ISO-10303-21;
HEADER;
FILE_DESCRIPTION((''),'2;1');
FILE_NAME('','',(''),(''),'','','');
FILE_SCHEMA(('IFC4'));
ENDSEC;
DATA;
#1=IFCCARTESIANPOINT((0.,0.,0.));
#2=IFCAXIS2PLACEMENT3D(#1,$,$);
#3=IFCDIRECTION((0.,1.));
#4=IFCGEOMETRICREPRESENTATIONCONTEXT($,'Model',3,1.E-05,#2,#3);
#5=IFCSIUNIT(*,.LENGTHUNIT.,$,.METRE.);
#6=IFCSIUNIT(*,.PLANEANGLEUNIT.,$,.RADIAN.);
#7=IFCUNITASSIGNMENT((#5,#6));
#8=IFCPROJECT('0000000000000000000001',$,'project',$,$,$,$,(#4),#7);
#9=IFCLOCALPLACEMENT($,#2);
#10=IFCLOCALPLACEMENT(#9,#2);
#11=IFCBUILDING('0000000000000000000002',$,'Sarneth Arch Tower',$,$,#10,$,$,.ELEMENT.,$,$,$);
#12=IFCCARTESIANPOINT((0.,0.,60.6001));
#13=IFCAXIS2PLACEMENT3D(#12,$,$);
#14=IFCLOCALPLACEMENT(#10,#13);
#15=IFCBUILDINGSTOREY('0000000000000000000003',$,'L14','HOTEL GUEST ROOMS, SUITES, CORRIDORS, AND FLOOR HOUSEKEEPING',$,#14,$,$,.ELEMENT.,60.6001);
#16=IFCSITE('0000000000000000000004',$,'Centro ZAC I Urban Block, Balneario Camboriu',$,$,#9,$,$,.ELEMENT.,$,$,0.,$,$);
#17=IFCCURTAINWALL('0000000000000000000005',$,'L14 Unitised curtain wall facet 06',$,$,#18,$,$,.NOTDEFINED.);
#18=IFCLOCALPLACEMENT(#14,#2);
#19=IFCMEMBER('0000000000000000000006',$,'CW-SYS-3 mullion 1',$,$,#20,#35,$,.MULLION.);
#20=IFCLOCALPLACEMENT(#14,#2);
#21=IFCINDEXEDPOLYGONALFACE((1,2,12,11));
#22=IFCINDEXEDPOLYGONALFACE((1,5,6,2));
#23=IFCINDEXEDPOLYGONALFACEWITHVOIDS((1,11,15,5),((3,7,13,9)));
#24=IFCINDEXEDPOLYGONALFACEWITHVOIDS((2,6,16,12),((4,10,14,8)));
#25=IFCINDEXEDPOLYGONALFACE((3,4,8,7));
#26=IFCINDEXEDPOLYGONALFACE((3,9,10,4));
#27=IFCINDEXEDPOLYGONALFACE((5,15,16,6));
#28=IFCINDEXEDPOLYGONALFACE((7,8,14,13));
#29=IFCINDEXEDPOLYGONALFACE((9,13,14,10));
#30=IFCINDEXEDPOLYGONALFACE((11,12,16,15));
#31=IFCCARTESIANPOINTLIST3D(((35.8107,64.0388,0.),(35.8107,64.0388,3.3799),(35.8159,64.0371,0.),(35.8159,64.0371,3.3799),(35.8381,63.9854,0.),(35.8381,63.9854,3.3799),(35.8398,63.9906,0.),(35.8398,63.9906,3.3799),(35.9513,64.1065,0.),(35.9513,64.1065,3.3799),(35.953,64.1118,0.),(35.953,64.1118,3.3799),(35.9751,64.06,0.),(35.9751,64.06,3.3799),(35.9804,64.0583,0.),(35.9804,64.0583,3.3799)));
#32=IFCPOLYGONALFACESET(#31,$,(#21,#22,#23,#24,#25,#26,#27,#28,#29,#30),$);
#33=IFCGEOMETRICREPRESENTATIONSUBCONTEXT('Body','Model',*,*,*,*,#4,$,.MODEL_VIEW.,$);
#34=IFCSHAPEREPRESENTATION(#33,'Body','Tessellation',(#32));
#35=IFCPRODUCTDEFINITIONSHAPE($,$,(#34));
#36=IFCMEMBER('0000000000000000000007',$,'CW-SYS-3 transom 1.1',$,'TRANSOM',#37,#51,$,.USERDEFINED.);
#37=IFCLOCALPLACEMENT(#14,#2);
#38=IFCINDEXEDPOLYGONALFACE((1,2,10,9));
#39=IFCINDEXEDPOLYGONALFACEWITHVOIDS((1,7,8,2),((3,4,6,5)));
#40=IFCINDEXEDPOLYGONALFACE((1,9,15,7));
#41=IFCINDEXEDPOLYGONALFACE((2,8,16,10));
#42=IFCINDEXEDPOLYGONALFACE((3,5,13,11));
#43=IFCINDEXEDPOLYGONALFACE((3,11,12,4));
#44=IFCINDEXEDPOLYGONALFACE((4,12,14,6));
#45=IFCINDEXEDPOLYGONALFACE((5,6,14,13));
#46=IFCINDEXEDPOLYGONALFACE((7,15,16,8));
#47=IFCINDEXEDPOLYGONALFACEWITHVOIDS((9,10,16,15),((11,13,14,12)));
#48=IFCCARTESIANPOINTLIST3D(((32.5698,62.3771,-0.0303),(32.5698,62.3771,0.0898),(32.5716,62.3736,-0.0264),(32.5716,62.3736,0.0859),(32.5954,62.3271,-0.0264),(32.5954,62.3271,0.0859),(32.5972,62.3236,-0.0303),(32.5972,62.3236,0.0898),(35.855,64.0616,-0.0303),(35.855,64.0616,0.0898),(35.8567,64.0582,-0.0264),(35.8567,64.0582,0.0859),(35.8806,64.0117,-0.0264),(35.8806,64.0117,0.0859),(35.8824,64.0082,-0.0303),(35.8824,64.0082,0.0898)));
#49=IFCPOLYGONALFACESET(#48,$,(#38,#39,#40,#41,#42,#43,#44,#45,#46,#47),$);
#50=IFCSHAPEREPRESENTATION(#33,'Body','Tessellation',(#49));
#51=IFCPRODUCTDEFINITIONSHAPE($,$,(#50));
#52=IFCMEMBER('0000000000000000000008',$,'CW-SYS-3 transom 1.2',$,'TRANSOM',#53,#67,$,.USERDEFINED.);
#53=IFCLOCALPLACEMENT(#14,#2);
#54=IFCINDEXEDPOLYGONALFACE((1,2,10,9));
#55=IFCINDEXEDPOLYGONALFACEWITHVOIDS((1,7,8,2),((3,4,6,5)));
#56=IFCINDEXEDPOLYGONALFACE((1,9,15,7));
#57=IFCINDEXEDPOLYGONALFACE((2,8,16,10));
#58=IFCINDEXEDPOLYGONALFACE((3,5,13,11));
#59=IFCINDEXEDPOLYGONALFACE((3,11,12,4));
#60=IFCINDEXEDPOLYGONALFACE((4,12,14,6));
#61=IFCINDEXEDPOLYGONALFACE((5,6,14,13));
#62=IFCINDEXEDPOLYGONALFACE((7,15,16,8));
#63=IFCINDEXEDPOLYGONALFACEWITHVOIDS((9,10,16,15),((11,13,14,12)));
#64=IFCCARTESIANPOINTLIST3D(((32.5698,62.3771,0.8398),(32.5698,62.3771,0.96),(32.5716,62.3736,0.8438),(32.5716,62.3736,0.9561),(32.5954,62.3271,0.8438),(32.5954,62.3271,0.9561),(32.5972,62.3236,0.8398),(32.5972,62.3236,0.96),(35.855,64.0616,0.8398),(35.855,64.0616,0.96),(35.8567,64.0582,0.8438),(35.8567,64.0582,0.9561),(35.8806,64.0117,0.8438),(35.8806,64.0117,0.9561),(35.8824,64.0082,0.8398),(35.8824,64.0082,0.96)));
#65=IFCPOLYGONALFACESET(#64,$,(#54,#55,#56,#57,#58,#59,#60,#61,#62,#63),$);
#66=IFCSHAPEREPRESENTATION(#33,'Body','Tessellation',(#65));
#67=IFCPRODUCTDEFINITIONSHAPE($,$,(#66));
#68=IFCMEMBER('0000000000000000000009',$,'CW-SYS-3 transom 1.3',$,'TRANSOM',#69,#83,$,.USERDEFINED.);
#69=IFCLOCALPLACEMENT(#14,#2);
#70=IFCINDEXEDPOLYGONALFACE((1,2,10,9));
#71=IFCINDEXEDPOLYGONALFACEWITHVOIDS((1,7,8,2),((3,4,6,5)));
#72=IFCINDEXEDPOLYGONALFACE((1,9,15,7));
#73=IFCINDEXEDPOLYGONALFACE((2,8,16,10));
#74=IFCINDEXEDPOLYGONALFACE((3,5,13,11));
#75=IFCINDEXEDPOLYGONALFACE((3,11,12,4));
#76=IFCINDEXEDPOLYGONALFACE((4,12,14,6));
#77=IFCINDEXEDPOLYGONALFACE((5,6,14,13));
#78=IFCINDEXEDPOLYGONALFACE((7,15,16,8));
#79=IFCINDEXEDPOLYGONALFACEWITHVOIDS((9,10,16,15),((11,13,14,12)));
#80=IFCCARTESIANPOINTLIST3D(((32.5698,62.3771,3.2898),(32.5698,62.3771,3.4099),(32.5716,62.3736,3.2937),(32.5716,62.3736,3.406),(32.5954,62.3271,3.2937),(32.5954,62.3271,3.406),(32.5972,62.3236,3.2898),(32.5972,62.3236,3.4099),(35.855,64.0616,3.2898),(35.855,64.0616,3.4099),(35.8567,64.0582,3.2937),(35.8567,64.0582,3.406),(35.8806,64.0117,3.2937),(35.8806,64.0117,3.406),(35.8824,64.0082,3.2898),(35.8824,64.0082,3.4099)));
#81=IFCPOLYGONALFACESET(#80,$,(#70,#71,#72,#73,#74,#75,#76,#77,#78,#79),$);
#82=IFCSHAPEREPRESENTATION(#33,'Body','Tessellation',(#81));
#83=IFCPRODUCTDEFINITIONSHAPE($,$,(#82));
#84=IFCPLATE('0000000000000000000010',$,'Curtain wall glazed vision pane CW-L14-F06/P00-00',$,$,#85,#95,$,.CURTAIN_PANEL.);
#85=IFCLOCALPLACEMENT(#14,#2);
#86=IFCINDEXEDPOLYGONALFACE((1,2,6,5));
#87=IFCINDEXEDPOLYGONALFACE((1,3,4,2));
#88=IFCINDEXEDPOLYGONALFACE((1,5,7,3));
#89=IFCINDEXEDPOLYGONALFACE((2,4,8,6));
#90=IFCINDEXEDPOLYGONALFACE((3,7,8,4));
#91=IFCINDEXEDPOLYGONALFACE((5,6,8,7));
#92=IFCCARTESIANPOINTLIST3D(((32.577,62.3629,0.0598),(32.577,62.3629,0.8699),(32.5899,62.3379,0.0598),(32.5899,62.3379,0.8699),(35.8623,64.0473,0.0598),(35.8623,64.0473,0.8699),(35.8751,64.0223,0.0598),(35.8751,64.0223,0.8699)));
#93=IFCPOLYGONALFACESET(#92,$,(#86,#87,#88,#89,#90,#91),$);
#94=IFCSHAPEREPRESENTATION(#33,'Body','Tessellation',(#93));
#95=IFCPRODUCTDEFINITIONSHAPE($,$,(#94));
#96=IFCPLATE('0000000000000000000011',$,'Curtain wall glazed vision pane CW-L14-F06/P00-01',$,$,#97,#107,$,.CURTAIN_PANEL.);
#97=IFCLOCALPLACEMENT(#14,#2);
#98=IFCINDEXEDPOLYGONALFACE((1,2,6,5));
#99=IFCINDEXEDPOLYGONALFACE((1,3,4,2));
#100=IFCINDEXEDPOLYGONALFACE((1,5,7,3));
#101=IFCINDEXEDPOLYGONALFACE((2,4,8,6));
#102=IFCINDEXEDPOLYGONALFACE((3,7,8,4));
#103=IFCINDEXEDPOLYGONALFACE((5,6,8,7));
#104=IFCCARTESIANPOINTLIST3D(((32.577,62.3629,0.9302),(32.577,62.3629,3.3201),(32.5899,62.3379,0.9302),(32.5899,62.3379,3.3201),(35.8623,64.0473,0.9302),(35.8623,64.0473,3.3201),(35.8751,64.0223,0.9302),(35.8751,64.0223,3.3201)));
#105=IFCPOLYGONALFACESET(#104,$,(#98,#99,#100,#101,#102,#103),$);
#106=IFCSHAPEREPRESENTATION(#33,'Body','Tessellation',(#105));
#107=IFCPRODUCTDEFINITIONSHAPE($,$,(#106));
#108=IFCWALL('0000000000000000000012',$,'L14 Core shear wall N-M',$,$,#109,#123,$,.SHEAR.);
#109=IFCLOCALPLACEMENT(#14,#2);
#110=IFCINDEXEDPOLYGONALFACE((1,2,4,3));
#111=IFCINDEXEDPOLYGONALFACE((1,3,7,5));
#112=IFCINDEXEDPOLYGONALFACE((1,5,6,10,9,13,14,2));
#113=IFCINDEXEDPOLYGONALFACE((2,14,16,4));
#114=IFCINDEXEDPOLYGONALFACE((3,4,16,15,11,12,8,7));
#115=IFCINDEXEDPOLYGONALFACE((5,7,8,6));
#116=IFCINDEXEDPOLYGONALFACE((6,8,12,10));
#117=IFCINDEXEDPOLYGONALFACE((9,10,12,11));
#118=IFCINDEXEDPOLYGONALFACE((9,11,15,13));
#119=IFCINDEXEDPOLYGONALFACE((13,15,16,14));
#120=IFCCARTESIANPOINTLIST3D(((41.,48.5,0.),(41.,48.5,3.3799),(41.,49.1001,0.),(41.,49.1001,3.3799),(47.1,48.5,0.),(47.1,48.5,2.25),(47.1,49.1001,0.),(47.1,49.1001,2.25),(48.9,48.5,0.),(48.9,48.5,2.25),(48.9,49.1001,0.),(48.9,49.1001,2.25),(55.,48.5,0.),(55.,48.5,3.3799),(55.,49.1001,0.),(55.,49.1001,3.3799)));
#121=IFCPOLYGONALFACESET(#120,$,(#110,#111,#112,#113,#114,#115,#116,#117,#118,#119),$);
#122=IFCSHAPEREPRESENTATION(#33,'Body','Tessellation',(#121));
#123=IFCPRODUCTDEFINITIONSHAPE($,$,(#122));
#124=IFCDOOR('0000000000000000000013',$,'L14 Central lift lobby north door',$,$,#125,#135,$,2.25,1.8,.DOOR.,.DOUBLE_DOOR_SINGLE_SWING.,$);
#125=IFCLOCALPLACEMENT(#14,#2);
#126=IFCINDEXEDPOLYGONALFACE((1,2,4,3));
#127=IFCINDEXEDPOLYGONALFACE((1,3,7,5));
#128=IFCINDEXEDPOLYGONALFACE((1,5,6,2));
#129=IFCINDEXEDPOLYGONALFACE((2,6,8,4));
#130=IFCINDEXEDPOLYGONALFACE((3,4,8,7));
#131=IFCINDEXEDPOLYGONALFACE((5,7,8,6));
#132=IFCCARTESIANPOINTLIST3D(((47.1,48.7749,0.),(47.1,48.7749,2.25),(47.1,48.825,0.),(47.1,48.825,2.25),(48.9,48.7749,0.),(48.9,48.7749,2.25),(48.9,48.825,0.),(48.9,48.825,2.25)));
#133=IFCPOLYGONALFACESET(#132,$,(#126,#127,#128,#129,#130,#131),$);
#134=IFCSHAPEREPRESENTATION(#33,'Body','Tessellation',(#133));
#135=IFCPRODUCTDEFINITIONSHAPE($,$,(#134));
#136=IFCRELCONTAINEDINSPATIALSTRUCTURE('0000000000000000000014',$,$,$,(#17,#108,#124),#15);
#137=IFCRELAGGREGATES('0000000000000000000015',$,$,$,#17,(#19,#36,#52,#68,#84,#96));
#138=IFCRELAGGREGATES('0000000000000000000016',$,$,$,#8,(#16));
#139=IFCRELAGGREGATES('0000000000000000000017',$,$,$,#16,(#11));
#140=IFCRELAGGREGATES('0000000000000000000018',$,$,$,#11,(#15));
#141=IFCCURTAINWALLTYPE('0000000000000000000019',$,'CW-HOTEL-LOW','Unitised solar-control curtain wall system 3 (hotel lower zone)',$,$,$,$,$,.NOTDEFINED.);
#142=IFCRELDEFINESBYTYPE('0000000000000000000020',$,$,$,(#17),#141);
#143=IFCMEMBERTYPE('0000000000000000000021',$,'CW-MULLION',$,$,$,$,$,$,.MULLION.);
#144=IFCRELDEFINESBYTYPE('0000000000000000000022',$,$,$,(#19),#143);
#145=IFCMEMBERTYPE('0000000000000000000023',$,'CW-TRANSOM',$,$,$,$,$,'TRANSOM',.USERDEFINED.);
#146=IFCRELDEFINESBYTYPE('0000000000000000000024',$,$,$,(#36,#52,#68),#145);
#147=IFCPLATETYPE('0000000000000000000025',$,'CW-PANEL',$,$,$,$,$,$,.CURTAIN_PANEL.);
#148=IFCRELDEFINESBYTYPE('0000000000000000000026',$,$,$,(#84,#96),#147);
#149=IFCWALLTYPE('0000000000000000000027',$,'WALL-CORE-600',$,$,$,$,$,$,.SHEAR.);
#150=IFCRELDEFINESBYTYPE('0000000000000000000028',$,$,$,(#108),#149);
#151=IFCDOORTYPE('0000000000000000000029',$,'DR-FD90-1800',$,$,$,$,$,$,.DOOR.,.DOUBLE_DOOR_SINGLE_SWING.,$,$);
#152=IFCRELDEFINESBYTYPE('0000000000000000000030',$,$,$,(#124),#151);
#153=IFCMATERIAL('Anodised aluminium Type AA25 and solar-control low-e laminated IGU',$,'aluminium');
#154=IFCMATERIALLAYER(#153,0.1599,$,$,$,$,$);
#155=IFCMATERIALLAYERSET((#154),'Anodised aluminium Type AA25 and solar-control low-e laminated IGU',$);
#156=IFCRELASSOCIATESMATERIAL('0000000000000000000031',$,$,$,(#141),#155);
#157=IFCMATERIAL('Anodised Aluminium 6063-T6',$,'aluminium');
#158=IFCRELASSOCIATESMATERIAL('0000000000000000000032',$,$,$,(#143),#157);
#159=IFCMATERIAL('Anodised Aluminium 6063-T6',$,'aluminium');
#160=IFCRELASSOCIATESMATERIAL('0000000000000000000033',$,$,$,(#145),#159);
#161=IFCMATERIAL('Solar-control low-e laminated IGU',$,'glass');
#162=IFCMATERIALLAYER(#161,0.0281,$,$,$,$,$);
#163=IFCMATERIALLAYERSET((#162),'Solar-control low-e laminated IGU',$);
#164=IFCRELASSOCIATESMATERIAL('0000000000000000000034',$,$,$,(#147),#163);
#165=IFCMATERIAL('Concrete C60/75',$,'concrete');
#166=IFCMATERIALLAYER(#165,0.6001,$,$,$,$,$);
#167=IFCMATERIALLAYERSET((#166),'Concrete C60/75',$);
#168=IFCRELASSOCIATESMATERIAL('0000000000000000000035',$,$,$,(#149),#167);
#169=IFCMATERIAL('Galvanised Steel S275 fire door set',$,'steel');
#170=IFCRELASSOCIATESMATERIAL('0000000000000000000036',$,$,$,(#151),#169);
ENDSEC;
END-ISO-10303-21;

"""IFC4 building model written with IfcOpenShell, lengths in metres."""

from ifc_helpers import new_model, si_unit, direction, frame, frame_2d, origin, origin_2d, place, context, subcontext, project, spatial, rectangle, hollow_rectangle, extrude, material, layer, layer_set, material_profile, profile_set, type_object, element, fill, aggregate, save


model = new_model("IFC4")

# Units and contexts
model_context = context("Model", 3, precision=1e-05, world=origin(), true_north=direction((0.0, 1.0)))
body_context = subcontext(model_context, "Body", "Model", "MODEL_VIEW")
ifc_project = project(units=[si_unit("LENGTHUNIT", "METRE"), si_unit("PLANEANGLEUNIT", "RADIAN")], contexts=[model_context])

# Site, building, storey
site_placement = place(None, origin())
site = spatial("IfcSite", under=ifc_project, at=site_placement, Name="Centro ZAC I Urban Block, Balneario Camboriu", CompositionType="ELEMENT", RefElevation=0.0)
building_placement = place(site_placement, origin())
building = spatial("IfcBuilding", under=site, at=building_placement, Name="Sarneth Arch Tower", CompositionType="ELEMENT")
storey_placement = place(building_placement, frame((0.0, 0.0, 60.6001)))
storey = spatial("IfcBuildingStorey", under=building, at=storey_placement, Name="L14", Description="HOTEL GUEST ROOMS, SUITES, CORRIDORS, AND FLOOR HOUSEKEEPING", CompositionType="ELEMENT", Elevation=60.6001)

# Curtain wall, members, plates
ifc_material_1 = material(Name="Anodised aluminium Type AA25 and solar-control low-e laminated IGU", Category="aluminium")
ifc_layer_1 = layer(ifc_material_1, 0.1599)
ifc_layer_set_1 = layer_set([ifc_layer_1], Name="Anodised aluminium Type AA25 and solar-control low-e laminated IGU")
curtain_wall_type = type_object("IfcCurtainWallType", Name="CW-HOTEL-LOW", Description="Unitised solar-control curtain wall system 3 (hotel lower zone)", PredefinedType="NOTDEFINED", material=ifc_layer_set_1)
curtain_wall_placement = place(storey_placement, origin())
curtain_wall = element("IfcCurtainWall", 1, at=curtain_wall_placement, inside=storey, type_object=curtain_wall_type, Name="L14 Unitised curtain wall facet 06", PredefinedType="NOTDEFINED")
ifc_material_2 = material(Name="Anodised Aluminium 6063-T6", Category="aluminium")
ifc_material_profile_1 = material_profile(ifc_material_2, hollow_rectangle(XDim=0.0601, YDim=0.1599, WallThickness=0.0039, at=origin_2d()), Name="AL-MULL-160x60x4")
ifc_profile_set_1 = profile_set([ifc_material_profile_1], Name="Anodised Aluminium 6063-T6")
member_type_1 = type_object("IfcMemberType", Name="CW-MULLION", PredefinedType="MULLION", material=ifc_profile_set_1)
member_1_placement = place(storey_placement, frame((35.8955, 64.0486, 0.0), z_axis=(0.0, 0.0, 1.0), x_axis=(0.456245, -0.889854, 0.0)))
member_1 = element("IfcMember", 2, at=member_1_placement, type_object=member_type_1, Name="CW-SYS-3 mullion 1", PredefinedType="MULLION", context=body_context, shape_type="SweptSolid", body=[
    extrude(hollow_rectangle(XDim=0.0601, YDim=0.1599, WallThickness=0.0039, at=origin_2d()), origin(), (0.0, 0.0, 1.0), 3.3799),
])
ifc_material_3 = material(Name="Anodised Aluminium 6063-T6", Category="aluminium")
ifc_material_profile_2 = material_profile(ifc_material_3, hollow_rectangle(XDim=0.0601, YDim=0.1201, WallThickness=0.0039, at=origin_2d()), Name="AL-TRAN-120x60x4")
ifc_profile_set_2 = profile_set([ifc_material_profile_2], Name="Anodised Aluminium 6063-T6")
member_type_2 = type_object("IfcMemberType", Name="CW-TRANSOM", ElementType="TRANSOM", PredefinedType="USERDEFINED", material=ifc_profile_set_2)
member_2_placement = place(storey_placement, frame((35.8687, 64.0349, 0.0298), z_axis=(-0.889831, -0.45629, 0.0), x_axis=(0.45629, -0.889831, 0.0)))
member_2 = element("IfcMember", 3, at=member_2_placement, type_object=member_type_2, Name="CW-SYS-3 transom 1.1", ObjectType="TRANSOM", PredefinedType="USERDEFINED", context=body_context, shape_type="SweptSolid", body=[
    extrude(hollow_rectangle(XDim=0.0601, YDim=0.1201, WallThickness=0.0039, at=origin_2d()), origin(), (0.0, 0.0, 1.0), 3.6919),
])
member_3_placement = place(storey_placement, frame((35.8687, 64.0349, 0.8999), z_axis=(-0.889831, -0.45629, 0.0), x_axis=(0.45629, -0.889831, 0.0)))
member_3 = element("IfcMember", 4, at=member_3_placement, type_object=member_type_2, Name="CW-SYS-3 transom 1.2", ObjectType="TRANSOM", PredefinedType="USERDEFINED", context=body_context, shape_type="SweptSolid", body=[
    extrude(hollow_rectangle(XDim=0.0601, YDim=0.1201, WallThickness=0.0039, at=origin_2d()), origin(), (0.0, 0.0, 1.0), 3.6919),
])
member_4_placement = place(storey_placement, frame((35.8687, 64.0349, 3.3499), z_axis=(-0.889831, -0.45629, 0.0), x_axis=(0.45629, -0.889831, 0.0)))
member_4 = element("IfcMember", 5, at=member_4_placement, type_object=member_type_2, Name="CW-SYS-3 transom 1.3", ObjectType="TRANSOM", PredefinedType="USERDEFINED", context=body_context, shape_type="SweptSolid", body=[
    extrude(hollow_rectangle(XDim=0.0601, YDim=0.1201, WallThickness=0.0039, at=origin_2d()), origin(), (0.0, 0.0, 1.0), 3.6919),
])
ifc_material_4 = material(Name="Solar-control low-e laminated IGU", Category="glass")
ifc_layer_2 = layer(ifc_material_4, 0.0281)
ifc_layer_set_2 = layer_set([ifc_layer_2], Name="Solar-control low-e laminated IGU")
plate_type = type_object("IfcPlateType", Name="CW-PANEL", PredefinedType="CURTAIN_PANEL", material=ifc_layer_set_2)
plate_1_placement = place(storey_placement, frame((34.2261, 63.1926, 0.0598), z_axis=(0.0, 0.0, 1.0), x_axis=(-0.889854, -0.456245, 0.0)))
plate_1 = element("IfcPlate", 6, at=plate_1_placement, type_object=plate_type, Name="Curtain wall glazed vision pane CW-L14-F06/P00-00", PredefinedType="CURTAIN_PANEL", context=body_context, shape_type="SweptSolid", body=[
    extrude(rectangle(XDim=3.6919, YDim=0.0281, at=origin_2d()), origin(), (0.0, 0.0, 1.0), 0.8101),
])
plate_2_placement = place(storey_placement, frame((34.2261, 63.1926, 0.9302), z_axis=(0.0, 0.0, 1.0), x_axis=(-0.889854, -0.456245, 0.0)))
plate_2 = element("IfcPlate", 7, at=plate_2_placement, type_object=plate_type, Name="Curtain wall glazed vision pane CW-L14-F06/P00-01", PredefinedType="CURTAIN_PANEL", context=body_context, shape_type="SweptSolid", body=[
    extrude(rectangle(XDim=3.6919, YDim=0.0281, at=origin_2d()), origin(), (0.0, 0.0, 1.0), 2.3899),
])
aggregate(curtain_wall, [member_1, member_2, member_3, member_4, plate_1, plate_2])

# Wall, opening, door
ifc_material_5 = material(Name="Concrete C60/75", Category="concrete")
ifc_layer_3 = layer(ifc_material_5, 0.6001)
ifc_layer_set_3 = layer_set([ifc_layer_3], Name="Concrete C60/75")
wall_type_1 = type_object("IfcWallType", Name="WALL-CORE-600", PredefinedType="SHEAR", material=ifc_layer_set_3)
wall_1_placement = place(storey_placement, frame((41.0, 48.8, 0.0), z_axis=(0.0, 0.0, 1.0), x_axis=(1.0, 0.0, 0.0)))
wall_1 = element("IfcWall", 8, at=wall_1_placement, inside=storey, type_object=wall_type_1, Name="L14 Core shear wall N-M", PredefinedType="SHEAR", context=body_context, shape_type="SweptSolid", body=[
    extrude(rectangle(XDim=14.0, YDim=0.6001, at=frame_2d((7.0, 0.0))), origin(), (0.0, 0.0, 1.0), 3.3799),
])
opening_1_placement = place(wall_1_placement, frame((6.1001, 0.0, 0.0)))
opening_1 = element("IfcOpeningElement", 9, at=opening_1_placement, cuts=wall_1, PredefinedType="OPENING", context=body_context, shape_type="SweptSolid", body=[
    extrude(rectangle(XDim=1.8, YDim=2.25, at=frame_2d((0.8999, 1.125))), frame((0.0, 0.3101, 0.0), z_axis=(0.0, -1.0, 0.0), x_axis=(1.0, 0.0, 0.0)), (0.0, 0.0, 1.0), 0.6201),
])
ifc_material_6 = material(Name="Galvanised Steel S275 fire door set", Category="steel")
door_type_1 = type_object("IfcDoorType", Name="DR-FD90-1800", OperationType="DOUBLE_DOOR_SINGLE_SWING", PredefinedType="DOOR", material=ifc_material_6)
door_1_placement = place(opening_1_placement, origin())
door_1 = element("IfcDoor", 10, at=door_1_placement, inside=storey, type_object=door_type_1, Name="L14 Central lift lobby north door", OperationType="DOUBLE_DOOR_SINGLE_SWING", OverallHeight=2.25, OverallWidth=1.8, PredefinedType="DOOR", context=body_context, shape_type="SweptSolid", body=[
    extrude(rectangle(XDim=1.8, YDim=2.25, at=frame_2d((0.8999, 1.125))), frame((0.0, 0.0249, 0.0), z_axis=(0.0, -1.0, 0.0), x_axis=(1.0, 0.0, 0.0)), (0.0, 0.0, 1.0), 0.05),
])
fill(opening_1, door_1)

save(model, "model.ifc")
